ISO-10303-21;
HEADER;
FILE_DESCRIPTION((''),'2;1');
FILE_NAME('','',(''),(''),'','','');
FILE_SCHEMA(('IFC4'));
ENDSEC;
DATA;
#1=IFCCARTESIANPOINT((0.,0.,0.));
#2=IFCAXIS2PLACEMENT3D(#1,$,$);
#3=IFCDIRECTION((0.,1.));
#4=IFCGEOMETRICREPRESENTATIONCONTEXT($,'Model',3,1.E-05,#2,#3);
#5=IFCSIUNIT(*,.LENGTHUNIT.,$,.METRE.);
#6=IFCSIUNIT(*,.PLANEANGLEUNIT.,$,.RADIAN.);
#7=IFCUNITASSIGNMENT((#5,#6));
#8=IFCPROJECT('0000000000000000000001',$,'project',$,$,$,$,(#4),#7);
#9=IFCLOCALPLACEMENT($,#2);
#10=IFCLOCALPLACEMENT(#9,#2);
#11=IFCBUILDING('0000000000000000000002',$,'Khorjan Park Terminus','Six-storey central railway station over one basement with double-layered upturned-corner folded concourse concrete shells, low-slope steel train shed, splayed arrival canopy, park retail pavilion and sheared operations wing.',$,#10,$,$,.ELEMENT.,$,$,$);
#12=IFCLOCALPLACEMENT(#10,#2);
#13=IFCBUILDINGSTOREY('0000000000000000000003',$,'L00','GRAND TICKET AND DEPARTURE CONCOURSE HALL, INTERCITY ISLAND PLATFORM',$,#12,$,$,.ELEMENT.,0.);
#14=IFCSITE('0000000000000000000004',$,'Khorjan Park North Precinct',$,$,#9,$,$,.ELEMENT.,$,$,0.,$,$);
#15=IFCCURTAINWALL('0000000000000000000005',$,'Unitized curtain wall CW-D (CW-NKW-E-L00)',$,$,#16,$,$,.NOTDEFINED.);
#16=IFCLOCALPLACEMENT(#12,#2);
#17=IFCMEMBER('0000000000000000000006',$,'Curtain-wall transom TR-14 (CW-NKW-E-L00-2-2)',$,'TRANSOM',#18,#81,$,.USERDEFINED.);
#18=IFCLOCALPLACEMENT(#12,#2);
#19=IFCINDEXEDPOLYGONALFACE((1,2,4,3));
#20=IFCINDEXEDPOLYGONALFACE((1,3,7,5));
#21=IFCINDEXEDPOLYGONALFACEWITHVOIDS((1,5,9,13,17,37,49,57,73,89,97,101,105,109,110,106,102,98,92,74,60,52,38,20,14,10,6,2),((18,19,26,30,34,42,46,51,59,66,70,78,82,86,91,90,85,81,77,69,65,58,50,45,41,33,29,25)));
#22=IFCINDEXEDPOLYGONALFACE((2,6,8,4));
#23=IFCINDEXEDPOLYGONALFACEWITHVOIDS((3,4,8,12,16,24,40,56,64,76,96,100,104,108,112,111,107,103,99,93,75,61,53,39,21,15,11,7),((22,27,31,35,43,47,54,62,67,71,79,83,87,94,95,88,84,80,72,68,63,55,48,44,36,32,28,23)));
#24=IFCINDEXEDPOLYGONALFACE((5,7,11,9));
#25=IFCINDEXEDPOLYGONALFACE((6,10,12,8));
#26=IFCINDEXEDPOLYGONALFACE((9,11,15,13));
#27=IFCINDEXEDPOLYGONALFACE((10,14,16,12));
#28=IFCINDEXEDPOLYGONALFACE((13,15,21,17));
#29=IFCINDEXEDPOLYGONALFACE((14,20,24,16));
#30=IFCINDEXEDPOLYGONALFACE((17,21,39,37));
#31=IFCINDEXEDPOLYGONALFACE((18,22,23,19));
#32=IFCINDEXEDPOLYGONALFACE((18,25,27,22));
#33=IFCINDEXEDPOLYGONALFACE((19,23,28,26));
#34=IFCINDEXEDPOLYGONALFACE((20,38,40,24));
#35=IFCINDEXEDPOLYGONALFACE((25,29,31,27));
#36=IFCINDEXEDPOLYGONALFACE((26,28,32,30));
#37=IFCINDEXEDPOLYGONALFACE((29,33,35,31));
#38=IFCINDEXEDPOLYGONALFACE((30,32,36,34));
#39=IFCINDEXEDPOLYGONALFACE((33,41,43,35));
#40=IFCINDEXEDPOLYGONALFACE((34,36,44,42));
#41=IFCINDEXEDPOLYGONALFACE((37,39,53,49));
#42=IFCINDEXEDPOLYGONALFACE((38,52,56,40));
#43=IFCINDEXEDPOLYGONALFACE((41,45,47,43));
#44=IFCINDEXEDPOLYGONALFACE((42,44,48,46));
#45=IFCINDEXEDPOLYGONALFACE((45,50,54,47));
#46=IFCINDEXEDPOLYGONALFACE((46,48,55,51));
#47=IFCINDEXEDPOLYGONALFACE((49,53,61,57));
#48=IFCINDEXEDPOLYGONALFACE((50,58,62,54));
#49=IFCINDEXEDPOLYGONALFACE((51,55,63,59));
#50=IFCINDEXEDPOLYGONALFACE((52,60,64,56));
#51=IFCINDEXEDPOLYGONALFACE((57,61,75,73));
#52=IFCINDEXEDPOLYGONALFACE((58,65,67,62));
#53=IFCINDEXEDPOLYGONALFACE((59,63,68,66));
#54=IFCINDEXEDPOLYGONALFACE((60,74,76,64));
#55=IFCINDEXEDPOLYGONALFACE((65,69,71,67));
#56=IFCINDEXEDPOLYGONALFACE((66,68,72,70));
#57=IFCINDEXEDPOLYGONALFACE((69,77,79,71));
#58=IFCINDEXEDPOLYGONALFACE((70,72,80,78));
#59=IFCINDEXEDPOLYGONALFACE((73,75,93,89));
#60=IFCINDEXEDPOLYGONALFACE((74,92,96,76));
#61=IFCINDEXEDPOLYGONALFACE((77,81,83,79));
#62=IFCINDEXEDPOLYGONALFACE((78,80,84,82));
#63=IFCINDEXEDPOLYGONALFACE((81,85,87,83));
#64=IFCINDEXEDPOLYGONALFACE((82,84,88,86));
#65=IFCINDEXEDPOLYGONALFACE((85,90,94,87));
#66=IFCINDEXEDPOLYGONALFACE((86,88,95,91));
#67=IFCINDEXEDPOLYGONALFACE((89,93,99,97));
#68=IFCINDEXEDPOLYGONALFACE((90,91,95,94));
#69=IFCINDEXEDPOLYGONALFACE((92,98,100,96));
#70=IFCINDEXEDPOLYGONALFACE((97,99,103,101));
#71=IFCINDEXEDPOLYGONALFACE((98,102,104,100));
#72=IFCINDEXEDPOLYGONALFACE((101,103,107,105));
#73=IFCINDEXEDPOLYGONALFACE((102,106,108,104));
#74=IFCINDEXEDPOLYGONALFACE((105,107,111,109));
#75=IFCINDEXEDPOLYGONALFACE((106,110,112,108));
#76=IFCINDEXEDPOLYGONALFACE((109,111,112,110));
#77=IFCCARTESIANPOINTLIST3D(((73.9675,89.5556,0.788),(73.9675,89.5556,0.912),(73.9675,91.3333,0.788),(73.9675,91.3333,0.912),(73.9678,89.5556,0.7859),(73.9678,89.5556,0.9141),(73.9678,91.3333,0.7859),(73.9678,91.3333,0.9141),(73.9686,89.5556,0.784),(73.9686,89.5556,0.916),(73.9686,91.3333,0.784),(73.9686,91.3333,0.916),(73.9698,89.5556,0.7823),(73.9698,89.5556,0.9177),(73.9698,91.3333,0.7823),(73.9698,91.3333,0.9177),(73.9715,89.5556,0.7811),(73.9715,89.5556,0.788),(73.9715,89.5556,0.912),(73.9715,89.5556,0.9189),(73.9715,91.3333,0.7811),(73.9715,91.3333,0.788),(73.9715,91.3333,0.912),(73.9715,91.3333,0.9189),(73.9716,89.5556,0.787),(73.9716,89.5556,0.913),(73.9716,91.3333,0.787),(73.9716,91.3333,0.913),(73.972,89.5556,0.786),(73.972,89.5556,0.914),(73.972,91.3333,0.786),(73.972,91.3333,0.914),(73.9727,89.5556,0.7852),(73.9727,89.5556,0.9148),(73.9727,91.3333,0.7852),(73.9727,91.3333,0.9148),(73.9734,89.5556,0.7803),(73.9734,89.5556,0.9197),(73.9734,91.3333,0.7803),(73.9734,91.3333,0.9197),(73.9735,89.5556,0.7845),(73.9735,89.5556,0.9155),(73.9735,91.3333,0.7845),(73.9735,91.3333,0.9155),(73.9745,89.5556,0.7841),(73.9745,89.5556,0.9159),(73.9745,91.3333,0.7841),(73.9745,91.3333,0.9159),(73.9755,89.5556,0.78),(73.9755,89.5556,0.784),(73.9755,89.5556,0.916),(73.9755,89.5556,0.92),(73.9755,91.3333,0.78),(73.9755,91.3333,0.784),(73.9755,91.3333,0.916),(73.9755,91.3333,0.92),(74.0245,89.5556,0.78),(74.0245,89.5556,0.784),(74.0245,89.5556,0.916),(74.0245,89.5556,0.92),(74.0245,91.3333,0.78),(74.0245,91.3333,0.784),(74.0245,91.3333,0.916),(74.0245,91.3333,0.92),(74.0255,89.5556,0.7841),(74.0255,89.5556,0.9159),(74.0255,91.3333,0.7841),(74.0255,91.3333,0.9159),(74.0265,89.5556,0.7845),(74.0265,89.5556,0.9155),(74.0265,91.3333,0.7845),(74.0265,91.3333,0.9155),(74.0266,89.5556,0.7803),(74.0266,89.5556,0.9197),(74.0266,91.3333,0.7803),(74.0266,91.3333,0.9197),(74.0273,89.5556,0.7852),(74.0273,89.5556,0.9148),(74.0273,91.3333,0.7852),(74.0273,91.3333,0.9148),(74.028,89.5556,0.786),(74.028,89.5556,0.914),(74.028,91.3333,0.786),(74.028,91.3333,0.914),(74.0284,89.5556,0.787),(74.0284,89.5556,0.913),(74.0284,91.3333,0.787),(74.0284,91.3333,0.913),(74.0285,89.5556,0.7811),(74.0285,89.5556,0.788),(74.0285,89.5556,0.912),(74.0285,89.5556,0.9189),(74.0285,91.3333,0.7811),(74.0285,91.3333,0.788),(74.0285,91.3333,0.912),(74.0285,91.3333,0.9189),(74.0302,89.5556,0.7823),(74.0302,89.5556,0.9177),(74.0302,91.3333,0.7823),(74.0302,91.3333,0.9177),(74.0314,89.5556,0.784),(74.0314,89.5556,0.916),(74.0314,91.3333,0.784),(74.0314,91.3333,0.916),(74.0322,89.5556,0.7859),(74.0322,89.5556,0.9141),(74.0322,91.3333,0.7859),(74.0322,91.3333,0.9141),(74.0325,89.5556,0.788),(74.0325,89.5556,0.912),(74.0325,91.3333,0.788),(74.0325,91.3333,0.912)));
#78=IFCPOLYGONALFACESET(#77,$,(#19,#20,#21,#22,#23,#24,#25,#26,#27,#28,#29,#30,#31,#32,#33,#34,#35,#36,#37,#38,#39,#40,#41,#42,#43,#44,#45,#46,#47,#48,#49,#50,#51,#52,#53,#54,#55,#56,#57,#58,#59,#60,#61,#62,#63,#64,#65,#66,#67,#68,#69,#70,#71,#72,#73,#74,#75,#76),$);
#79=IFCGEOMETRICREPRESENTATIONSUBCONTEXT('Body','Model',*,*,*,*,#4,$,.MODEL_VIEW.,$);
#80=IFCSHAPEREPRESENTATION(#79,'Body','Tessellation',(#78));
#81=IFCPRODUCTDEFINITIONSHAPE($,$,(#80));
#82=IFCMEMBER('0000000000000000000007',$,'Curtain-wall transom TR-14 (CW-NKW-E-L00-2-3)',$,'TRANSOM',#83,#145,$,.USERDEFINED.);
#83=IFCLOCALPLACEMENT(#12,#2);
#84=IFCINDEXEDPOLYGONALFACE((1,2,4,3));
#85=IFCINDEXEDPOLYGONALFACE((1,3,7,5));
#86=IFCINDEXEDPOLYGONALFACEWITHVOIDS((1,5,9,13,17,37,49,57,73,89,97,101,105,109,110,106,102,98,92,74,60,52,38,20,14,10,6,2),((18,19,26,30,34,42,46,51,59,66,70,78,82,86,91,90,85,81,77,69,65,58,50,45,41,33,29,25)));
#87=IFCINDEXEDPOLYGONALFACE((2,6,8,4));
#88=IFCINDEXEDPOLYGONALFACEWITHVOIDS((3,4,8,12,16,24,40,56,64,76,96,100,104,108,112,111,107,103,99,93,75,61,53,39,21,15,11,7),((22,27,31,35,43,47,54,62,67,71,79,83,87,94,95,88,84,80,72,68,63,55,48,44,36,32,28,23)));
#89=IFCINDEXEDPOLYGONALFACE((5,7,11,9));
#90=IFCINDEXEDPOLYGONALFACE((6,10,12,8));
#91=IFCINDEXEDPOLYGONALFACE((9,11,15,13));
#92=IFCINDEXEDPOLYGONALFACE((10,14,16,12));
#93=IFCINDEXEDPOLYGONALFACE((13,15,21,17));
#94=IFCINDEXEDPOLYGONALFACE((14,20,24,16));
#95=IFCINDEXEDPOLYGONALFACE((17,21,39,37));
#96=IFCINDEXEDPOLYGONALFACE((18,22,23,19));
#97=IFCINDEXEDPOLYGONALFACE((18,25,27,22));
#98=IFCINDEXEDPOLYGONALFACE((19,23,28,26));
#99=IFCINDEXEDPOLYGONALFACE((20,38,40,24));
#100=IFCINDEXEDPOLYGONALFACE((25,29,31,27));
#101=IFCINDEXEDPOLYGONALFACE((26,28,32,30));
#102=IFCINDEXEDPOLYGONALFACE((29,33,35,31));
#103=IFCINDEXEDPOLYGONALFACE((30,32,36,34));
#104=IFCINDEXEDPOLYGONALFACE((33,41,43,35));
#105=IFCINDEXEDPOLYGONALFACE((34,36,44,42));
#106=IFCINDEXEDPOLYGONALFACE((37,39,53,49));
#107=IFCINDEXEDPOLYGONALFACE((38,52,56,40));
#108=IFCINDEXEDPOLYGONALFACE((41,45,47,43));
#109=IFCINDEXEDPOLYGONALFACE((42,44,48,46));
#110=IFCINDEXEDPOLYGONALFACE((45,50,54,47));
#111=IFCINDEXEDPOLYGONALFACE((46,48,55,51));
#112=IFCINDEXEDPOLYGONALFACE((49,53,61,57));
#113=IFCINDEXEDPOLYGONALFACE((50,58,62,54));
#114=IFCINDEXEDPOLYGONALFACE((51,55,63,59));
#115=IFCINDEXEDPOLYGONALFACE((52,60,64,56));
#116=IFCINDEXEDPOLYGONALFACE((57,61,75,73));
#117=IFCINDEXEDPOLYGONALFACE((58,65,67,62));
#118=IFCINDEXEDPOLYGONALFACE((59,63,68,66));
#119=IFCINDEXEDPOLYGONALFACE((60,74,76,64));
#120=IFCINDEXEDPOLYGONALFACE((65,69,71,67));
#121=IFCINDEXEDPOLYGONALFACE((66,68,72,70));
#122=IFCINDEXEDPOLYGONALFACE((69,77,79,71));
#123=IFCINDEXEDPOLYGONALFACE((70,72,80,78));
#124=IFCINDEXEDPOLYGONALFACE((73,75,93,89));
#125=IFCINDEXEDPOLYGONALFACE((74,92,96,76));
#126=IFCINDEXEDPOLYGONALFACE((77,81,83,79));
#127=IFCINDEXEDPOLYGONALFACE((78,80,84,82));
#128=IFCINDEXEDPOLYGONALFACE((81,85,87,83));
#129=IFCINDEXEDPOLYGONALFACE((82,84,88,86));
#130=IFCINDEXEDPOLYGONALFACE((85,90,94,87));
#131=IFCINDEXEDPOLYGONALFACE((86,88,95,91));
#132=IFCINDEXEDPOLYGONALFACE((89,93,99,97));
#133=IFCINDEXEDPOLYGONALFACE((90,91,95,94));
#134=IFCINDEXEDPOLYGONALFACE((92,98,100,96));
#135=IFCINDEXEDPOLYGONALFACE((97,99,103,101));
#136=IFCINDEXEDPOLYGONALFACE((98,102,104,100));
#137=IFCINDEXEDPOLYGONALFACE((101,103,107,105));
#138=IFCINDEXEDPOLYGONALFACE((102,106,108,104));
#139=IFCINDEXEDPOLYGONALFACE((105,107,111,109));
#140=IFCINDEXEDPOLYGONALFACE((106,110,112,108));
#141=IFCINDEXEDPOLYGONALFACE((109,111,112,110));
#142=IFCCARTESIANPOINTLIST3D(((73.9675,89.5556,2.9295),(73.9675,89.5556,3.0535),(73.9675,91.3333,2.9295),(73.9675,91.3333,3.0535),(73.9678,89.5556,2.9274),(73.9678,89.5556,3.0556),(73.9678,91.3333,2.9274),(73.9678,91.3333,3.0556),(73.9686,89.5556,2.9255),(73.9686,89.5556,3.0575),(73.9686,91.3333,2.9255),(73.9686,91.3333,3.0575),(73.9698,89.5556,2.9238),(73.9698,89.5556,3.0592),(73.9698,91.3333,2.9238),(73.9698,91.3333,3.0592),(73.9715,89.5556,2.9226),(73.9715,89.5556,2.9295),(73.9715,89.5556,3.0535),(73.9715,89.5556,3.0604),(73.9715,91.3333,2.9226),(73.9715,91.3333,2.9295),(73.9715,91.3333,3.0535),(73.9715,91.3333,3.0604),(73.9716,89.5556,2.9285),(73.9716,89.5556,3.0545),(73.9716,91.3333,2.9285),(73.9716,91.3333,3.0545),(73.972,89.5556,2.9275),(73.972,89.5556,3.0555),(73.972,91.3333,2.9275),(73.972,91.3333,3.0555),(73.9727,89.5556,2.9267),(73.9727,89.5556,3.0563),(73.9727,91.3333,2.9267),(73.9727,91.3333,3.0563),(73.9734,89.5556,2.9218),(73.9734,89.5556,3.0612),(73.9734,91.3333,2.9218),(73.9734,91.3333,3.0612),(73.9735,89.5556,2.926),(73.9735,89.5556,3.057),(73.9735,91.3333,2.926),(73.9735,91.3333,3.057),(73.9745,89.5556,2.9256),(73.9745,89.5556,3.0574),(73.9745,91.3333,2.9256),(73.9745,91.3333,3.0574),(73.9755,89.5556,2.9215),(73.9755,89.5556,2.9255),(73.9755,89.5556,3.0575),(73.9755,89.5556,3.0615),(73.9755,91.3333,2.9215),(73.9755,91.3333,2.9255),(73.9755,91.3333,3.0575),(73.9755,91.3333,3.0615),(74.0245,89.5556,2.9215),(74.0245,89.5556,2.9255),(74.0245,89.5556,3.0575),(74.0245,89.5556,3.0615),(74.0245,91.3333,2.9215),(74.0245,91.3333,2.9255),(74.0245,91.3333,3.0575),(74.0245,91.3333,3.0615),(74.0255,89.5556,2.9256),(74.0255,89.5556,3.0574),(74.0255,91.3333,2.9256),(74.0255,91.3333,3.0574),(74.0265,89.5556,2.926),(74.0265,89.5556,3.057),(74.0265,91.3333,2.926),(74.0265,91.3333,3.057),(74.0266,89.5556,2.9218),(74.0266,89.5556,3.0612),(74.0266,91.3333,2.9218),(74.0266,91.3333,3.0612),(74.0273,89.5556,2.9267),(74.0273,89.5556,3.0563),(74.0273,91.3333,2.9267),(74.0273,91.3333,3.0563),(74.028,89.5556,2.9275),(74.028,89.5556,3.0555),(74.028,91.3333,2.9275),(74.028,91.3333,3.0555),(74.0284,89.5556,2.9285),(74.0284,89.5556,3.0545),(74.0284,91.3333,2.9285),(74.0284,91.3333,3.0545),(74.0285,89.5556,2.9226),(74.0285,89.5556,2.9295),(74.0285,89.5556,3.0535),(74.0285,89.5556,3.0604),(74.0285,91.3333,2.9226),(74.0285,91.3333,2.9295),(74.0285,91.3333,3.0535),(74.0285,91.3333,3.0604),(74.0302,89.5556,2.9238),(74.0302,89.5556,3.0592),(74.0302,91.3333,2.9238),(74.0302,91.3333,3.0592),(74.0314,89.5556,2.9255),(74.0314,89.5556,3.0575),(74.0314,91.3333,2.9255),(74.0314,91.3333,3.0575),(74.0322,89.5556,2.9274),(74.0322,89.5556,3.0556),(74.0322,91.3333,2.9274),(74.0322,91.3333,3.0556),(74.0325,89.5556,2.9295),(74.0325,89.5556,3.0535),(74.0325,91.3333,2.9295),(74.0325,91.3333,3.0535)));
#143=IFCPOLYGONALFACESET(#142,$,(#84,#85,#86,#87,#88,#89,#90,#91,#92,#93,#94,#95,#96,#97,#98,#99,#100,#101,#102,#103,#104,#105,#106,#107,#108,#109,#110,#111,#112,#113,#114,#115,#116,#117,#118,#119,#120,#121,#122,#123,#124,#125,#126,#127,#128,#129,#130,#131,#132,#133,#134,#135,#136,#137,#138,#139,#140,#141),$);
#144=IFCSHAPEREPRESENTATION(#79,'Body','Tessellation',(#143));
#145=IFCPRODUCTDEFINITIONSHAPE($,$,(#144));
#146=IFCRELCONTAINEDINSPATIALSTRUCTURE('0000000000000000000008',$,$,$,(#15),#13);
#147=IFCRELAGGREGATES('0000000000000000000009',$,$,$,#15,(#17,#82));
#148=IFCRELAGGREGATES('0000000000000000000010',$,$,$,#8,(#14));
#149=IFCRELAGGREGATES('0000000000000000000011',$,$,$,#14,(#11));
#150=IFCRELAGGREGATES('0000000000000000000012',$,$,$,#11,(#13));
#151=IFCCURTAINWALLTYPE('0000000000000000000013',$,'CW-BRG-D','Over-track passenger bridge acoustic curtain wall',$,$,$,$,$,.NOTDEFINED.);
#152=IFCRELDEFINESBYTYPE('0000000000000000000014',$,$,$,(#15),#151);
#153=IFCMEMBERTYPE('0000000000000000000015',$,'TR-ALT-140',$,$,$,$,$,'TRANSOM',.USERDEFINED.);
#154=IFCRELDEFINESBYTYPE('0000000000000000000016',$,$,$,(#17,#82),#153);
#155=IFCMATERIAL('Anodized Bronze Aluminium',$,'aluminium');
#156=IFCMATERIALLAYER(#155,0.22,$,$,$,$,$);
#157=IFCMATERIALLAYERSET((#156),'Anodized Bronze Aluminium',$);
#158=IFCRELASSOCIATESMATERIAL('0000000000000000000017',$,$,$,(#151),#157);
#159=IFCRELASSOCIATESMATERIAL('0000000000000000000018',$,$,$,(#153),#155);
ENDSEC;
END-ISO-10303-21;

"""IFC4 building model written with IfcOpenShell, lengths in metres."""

from ifc_helpers import new_model, si_unit, direction, frame, origin, origin_2d, place, context, subcontext, project, spatial, hollow_rectangle, extrude, material, layer, layer_set, material_profile, profile_set, type_object, element, aggregate, save


model = new_model("IFC4")

# Units and contexts
model_context = context("Model", 3, precision=1e-05, world=origin(), true_north=direction((0.0, 1.0)))
body_context = subcontext(model_context, "Body", "Model", "MODEL_VIEW")
ifc_project = project(units=[si_unit("LENGTHUNIT", "METRE"), si_unit("PLANEANGLEUNIT", "RADIAN")], contexts=[model_context])

# Site, building, storey
site_placement = place(None, origin())
site = spatial("IfcSite", under=ifc_project, at=site_placement, Name="Khorjan Park North Precinct", CompositionType="ELEMENT", RefElevation=0.0)
building_placement = place(site_placement, origin())
building = spatial("IfcBuilding", under=site, at=building_placement, Name="Khorjan Park Terminus", Description="Six-storey central railway station over one basement with double-layered upturned-corner folded concourse concrete shells, low-slope steel train shed, splayed arrival canopy, park retail pavilion and sheared operations wing.", CompositionType="ELEMENT")
storey_placement = place(building_placement, origin())
storey = spatial("IfcBuildingStorey", under=building, at=storey_placement, Name="L00", Description="GRAND TICKET AND DEPARTURE CONCOURSE HALL, INTERCITY ISLAND PLATFORM", CompositionType="ELEMENT", Elevation=0.0)

# Curtain wall, members
ifc_material_1 = material(Name="Anodized Bronze Aluminium", Category="aluminium")
ifc_layer_1 = layer(ifc_material_1, 0.22)
ifc_layer_set_1 = layer_set([ifc_layer_1], Name="Anodized Bronze Aluminium")
curtain_wall_type = type_object("IfcCurtainWallType", Name="CW-BRG-D", Description="Over-track passenger bridge acoustic curtain wall", PredefinedType="NOTDEFINED", material=ifc_layer_set_1)
curtain_wall_placement = place(storey_placement, origin())
curtain_wall = element("IfcCurtainWall", 1, at=curtain_wall_placement, inside=storey, type_object=curtain_wall_type, Name="Unitized curtain wall CW-D (CW-NKW-E-L00)", PredefinedType="NOTDEFINED")
ifc_material_profile_1 = material_profile(ifc_material_1, hollow_rectangle(XDim=0.065, YDim=0.14, WallThickness=0.004, InnerFilletRadius=0.004, OuterFilletRadius=0.008, at=origin_2d()), Name="ALT 65x140x4")
ifc_profile_set_1 = profile_set([ifc_material_profile_1], Name="Anodized Bronze Aluminium")
member_type_1 = type_object("IfcMemberType", Name="TR-ALT-140", ElementType="TRANSOM", PredefinedType="USERDEFINED", material=ifc_profile_set_1)
member_1_placement = place(storey_placement, frame((74.0, 89.5556, 0.85), z_axis=(0.0, 1.0, 0.0), x_axis=(-1.0, 0.0, 0.0)))
member_1 = element("IfcMember", 2, at=member_1_placement, type_object=member_type_1, Name="Curtain-wall transom TR-14 (CW-NKW-E-L00-2-2)", ObjectType="TRANSOM", PredefinedType="USERDEFINED", context=body_context, shape_type="SweptSolid", body=[
    extrude(hollow_rectangle(XDim=0.065, YDim=0.14, WallThickness=0.004, InnerFilletRadius=0.004, OuterFilletRadius=0.008, at=origin_2d()), origin(), (0.0, 0.0, 1.0), 1.7777),
])
member_2_placement = place(storey_placement, frame((74.0, 89.5556, 2.9915), z_axis=(0.0, 1.0, 0.0), x_axis=(-1.0, 0.0, 0.0)))
member_2 = element("IfcMember", 3, at=member_2_placement, type_object=member_type_1, Name="Curtain-wall transom TR-14 (CW-NKW-E-L00-2-3)", ObjectType="TRANSOM", PredefinedType="USERDEFINED", context=body_context, shape_type="SweptSolid", body=[
    extrude(hollow_rectangle(XDim=0.065, YDim=0.14, WallThickness=0.004, InnerFilletRadius=0.004, OuterFilletRadius=0.008, at=origin_2d()), origin(), (0.0, 0.0, 1.0), 1.7777),
])
aggregate(curtain_wall, [member_1, member_2])

save(model, "model.ifc")
